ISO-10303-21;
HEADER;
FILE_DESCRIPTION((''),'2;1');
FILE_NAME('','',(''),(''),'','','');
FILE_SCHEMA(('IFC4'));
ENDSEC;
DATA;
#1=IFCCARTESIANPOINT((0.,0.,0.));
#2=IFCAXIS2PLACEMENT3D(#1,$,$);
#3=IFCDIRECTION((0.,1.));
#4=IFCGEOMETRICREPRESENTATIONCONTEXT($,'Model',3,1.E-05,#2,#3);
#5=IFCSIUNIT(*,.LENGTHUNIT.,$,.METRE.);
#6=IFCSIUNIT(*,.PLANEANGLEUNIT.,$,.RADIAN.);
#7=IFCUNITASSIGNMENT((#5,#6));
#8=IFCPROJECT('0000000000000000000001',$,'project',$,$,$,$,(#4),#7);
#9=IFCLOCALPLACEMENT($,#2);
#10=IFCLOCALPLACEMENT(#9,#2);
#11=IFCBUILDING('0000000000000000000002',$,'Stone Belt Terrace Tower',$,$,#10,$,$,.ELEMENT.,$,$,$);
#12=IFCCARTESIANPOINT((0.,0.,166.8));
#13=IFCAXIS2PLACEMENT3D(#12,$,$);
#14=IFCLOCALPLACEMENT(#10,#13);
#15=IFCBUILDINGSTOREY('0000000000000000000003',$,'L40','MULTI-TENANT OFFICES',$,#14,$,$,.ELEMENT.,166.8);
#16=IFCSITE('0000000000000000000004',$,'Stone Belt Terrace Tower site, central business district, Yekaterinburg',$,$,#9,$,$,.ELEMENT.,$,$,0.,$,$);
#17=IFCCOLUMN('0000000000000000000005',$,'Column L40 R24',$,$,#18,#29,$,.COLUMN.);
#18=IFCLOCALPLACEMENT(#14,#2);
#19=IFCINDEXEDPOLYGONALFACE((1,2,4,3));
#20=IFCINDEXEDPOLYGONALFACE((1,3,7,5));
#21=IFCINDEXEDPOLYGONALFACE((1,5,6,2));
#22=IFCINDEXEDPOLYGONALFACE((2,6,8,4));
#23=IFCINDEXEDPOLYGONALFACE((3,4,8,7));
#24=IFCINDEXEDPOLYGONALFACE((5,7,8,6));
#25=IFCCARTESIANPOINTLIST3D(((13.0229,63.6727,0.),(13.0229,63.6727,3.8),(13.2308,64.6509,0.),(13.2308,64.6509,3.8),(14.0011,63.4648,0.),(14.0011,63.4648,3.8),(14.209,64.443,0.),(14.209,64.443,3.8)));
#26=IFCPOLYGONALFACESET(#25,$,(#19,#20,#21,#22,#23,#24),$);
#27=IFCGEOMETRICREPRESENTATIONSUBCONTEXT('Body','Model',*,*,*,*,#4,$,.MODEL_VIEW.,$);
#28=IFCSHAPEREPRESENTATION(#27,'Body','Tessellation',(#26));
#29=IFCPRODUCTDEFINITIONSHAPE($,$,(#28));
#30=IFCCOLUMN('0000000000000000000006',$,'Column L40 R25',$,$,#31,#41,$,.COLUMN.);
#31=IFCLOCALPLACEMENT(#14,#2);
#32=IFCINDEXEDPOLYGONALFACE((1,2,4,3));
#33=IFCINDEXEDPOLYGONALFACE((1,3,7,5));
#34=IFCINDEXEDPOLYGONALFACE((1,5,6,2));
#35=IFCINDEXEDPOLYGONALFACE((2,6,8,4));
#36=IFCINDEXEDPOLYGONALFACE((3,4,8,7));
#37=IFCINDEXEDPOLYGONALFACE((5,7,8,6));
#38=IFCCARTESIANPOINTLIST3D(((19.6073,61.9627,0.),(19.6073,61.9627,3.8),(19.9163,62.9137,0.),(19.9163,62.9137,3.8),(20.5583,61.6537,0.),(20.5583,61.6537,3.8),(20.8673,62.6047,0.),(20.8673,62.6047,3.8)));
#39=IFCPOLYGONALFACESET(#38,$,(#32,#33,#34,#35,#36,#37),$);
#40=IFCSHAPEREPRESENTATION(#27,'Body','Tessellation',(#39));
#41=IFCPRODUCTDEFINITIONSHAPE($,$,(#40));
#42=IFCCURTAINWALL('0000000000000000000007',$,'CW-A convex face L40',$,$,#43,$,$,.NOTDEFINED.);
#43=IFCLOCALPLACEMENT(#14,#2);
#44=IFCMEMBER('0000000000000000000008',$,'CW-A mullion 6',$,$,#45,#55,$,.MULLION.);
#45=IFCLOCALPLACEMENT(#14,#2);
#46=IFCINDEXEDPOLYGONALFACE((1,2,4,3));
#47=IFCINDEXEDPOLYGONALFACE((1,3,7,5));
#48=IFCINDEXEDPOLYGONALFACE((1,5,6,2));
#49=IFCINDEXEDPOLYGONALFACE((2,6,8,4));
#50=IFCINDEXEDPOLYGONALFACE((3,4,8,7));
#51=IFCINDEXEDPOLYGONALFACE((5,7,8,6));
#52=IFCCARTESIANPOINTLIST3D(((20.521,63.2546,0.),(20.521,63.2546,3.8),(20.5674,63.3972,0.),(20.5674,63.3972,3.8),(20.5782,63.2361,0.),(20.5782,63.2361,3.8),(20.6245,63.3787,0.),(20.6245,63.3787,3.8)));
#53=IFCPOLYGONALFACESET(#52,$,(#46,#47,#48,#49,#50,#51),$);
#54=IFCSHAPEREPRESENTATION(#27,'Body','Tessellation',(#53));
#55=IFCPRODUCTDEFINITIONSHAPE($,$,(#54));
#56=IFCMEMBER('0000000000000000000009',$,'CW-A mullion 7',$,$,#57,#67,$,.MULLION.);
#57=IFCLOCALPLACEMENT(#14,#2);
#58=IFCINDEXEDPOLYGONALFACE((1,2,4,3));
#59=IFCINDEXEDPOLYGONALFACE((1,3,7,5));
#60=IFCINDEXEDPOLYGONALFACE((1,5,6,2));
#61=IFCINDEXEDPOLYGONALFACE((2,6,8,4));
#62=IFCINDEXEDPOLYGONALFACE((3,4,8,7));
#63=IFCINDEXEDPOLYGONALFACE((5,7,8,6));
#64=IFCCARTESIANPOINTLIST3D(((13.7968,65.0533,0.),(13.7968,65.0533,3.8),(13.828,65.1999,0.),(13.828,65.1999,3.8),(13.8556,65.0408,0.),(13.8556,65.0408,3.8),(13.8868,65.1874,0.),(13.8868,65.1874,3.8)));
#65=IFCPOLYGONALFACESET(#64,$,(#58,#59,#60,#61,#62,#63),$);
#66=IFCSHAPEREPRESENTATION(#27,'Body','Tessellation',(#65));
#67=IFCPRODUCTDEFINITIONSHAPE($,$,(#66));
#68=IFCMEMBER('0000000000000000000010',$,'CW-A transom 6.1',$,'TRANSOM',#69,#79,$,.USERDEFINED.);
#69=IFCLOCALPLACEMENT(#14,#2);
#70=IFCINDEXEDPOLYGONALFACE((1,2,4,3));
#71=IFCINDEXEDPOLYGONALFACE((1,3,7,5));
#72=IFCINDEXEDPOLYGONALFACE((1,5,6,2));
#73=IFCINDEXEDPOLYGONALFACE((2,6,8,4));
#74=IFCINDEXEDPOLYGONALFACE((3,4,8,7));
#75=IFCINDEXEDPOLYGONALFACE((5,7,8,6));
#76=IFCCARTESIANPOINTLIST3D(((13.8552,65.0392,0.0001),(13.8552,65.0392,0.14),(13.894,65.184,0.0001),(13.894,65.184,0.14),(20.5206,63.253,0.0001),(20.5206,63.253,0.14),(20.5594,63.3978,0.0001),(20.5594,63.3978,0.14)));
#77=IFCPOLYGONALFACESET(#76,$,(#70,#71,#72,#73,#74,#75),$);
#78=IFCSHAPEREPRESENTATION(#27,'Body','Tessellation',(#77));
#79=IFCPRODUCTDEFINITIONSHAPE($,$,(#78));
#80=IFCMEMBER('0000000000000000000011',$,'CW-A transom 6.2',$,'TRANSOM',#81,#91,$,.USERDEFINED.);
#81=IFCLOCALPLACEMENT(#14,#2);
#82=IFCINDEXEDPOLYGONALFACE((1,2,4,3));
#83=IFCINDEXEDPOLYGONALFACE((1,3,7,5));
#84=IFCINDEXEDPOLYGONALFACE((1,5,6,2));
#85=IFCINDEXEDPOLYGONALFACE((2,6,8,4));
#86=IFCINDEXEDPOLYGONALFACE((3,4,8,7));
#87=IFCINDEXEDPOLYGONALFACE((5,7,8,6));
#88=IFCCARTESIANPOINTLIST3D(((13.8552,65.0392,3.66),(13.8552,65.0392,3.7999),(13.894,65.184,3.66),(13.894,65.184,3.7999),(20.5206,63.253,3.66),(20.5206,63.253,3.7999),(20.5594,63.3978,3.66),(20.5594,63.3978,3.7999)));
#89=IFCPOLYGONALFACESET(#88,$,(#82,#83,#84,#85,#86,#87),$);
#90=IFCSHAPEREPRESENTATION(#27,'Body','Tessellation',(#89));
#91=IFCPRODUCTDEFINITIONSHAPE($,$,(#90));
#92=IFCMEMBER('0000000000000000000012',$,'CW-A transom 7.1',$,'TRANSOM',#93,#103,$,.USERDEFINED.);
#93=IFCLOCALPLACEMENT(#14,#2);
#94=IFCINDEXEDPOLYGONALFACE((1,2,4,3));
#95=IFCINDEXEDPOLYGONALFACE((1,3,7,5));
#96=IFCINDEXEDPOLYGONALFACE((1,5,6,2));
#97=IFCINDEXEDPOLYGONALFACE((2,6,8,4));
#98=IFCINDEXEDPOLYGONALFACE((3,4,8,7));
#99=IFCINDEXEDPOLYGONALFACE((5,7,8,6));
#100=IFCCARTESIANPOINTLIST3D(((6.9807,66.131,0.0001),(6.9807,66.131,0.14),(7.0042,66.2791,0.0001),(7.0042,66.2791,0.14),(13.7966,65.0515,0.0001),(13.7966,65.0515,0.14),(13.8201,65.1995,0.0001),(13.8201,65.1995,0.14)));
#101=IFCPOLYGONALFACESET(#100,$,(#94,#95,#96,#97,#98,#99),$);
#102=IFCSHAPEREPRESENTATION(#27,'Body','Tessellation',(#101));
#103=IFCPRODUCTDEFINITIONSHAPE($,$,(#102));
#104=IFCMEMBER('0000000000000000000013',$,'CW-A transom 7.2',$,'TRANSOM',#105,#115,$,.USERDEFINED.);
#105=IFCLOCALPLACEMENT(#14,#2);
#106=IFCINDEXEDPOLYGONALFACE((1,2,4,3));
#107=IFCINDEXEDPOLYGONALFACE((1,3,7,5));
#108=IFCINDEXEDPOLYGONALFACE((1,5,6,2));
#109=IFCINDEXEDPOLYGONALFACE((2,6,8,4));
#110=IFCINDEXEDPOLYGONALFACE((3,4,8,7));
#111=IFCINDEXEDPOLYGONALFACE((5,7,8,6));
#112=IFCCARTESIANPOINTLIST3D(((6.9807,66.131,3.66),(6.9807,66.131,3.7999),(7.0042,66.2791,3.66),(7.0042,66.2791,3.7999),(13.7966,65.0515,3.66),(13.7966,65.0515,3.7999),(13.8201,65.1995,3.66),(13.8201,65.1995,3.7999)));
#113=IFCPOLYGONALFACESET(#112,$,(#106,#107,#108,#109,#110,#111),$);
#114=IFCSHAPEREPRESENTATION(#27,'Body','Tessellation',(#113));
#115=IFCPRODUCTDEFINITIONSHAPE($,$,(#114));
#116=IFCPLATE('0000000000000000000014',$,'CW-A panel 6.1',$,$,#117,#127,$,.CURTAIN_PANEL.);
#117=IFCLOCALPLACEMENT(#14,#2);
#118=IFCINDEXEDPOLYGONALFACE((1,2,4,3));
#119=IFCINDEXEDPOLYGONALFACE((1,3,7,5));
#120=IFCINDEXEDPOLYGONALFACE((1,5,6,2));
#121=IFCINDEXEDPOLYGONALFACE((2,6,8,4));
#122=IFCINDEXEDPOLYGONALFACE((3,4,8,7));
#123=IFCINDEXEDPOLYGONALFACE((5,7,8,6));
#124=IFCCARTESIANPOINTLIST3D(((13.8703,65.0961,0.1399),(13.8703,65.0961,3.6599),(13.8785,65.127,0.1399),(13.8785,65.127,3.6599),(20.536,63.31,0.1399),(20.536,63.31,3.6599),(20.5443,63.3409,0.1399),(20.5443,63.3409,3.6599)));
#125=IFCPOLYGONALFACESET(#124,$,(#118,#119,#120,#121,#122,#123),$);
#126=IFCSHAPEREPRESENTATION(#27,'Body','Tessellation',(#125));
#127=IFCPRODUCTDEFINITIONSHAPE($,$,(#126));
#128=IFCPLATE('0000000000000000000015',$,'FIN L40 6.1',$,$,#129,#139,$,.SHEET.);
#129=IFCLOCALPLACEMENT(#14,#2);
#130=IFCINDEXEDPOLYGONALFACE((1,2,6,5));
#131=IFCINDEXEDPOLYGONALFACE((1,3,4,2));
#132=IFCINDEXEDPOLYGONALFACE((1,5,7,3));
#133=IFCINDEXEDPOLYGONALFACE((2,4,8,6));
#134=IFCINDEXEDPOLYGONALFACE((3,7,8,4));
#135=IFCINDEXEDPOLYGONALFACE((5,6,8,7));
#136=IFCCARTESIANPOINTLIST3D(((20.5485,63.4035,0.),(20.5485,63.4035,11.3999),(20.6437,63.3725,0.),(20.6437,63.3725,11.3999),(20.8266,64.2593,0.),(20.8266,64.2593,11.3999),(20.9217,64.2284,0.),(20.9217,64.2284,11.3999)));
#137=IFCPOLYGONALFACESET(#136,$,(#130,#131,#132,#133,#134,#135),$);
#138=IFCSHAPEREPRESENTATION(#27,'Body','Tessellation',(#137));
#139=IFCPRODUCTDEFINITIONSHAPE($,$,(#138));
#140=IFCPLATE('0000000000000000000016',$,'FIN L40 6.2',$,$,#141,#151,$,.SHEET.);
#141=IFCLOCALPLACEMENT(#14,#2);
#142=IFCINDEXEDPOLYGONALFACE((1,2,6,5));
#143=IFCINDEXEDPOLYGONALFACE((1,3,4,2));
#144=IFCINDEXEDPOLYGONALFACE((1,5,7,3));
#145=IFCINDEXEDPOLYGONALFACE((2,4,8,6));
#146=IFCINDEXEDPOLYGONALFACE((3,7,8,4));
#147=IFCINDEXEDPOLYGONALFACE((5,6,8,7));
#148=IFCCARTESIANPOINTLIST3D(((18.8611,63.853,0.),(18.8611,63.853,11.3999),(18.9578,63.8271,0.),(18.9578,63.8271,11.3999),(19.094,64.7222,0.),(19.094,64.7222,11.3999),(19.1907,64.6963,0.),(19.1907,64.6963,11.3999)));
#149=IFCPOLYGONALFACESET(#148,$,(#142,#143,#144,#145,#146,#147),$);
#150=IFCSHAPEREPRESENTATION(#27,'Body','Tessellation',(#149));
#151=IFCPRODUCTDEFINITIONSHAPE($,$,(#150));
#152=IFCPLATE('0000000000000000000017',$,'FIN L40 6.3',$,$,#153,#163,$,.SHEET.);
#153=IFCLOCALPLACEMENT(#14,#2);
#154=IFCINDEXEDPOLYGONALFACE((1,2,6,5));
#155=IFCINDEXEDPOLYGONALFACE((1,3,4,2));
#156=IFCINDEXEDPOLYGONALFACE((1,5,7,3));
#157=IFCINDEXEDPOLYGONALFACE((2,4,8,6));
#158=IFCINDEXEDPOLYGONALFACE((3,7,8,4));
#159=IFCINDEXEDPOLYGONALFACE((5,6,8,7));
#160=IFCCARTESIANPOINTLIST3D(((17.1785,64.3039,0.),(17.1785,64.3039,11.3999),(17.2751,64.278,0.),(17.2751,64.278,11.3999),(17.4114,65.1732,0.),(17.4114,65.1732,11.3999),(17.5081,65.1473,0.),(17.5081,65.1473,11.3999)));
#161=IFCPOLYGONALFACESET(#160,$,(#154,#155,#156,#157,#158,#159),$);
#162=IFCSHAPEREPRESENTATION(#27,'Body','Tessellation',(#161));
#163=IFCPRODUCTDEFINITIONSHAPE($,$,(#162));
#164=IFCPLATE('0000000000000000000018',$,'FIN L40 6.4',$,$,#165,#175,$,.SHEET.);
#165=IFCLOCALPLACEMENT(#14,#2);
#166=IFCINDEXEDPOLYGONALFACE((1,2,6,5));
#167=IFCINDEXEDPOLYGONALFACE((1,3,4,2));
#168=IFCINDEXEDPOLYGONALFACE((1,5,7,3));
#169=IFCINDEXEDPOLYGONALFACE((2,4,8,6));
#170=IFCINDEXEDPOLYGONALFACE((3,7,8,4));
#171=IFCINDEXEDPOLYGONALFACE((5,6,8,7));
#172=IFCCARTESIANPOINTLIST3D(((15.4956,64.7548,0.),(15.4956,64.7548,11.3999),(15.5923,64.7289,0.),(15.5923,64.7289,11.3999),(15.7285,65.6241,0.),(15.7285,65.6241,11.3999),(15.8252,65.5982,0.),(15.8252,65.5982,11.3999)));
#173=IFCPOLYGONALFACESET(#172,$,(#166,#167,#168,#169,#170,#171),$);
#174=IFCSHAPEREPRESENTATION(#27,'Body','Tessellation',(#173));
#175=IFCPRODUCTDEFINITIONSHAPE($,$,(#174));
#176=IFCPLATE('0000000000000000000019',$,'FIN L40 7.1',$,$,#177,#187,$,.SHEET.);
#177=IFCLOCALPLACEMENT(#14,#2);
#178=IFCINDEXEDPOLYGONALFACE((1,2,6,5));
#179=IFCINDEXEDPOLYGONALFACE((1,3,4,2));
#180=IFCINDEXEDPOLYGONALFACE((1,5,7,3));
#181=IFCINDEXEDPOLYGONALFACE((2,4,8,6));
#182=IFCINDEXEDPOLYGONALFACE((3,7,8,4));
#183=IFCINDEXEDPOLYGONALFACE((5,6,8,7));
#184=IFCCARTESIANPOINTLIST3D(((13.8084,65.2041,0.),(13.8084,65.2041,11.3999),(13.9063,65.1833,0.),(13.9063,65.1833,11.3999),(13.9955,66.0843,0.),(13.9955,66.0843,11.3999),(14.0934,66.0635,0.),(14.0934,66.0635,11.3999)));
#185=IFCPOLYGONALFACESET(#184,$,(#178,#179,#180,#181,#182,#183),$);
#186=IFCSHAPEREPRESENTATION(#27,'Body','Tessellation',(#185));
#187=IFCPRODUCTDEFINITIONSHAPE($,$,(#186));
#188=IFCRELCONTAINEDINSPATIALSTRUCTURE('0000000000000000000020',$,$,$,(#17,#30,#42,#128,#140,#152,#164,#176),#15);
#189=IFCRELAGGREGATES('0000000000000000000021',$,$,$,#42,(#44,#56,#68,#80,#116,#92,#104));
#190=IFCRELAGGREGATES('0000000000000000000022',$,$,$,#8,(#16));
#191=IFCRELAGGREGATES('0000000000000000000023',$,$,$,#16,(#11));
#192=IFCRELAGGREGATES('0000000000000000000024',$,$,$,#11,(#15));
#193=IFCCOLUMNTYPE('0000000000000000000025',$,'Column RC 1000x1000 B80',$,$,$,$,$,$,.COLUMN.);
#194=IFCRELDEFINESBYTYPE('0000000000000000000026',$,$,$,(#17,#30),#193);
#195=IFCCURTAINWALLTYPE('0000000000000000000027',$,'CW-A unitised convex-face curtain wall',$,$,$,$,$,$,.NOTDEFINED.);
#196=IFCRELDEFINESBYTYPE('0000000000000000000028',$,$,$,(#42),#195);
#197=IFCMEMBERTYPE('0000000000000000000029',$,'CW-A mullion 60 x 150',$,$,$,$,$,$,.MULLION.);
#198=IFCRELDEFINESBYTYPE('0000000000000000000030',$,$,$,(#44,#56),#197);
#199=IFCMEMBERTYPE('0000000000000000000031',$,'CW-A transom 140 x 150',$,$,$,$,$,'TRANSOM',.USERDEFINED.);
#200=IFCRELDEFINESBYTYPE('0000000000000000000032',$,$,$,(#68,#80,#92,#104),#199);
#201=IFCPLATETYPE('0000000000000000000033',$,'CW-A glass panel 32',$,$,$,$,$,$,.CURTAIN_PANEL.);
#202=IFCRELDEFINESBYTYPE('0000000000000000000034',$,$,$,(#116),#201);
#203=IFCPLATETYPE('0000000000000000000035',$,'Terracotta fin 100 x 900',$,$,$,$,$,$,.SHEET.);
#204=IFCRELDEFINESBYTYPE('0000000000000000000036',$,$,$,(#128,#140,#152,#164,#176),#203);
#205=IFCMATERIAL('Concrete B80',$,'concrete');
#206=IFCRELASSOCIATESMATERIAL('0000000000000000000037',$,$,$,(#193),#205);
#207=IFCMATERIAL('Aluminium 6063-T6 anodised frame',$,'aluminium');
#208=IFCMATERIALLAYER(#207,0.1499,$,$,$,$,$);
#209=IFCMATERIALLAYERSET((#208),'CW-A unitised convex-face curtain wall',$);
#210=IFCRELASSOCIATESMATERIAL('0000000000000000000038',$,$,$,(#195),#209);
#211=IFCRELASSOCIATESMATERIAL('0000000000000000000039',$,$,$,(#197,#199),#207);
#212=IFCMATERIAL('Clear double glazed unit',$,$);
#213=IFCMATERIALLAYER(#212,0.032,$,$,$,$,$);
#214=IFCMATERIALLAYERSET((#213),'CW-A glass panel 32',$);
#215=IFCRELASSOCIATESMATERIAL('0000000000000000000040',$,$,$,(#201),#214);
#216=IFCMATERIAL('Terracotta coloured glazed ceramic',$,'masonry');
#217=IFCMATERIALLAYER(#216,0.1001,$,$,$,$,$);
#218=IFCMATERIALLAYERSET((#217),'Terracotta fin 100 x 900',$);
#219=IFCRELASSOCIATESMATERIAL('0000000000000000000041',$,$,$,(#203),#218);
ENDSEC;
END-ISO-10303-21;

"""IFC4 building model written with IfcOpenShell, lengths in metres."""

from ifc_helpers import new_model, si_unit, direction, frame, origin, origin_2d, place, context, subcontext, project, spatial, rectangle, extrude, material, layer, layer_set, material_profile, profile_set, type_object, element, aggregate, save


model = new_model("IFC4")

# Units and contexts
model_context = context("Model", 3, precision=1e-05, world=origin(), true_north=direction((0.0, 1.0)))
body_context = subcontext(model_context, "Body", "Model", "MODEL_VIEW")
ifc_project = project(units=[si_unit("LENGTHUNIT", "METRE"), si_unit("PLANEANGLEUNIT", "RADIAN")], contexts=[model_context])

# Site, building, storey
site_placement = place(None, origin())
site = spatial("IfcSite", under=ifc_project, at=site_placement, Name="Stone Belt Terrace Tower site, central business district, Yekaterinburg", CompositionType="ELEMENT", RefElevation=0.0)
building_placement = place(site_placement, origin())
building = spatial("IfcBuilding", under=site, at=building_placement, Name="Stone Belt Terrace Tower", CompositionType="ELEMENT")
storey_placement = place(building_placement, frame((0.0, 0.0, 166.8)))
storey = spatial("IfcBuildingStorey", under=building, at=storey_placement, Name="L40", Description="MULTI-TENANT OFFICES", CompositionType="ELEMENT", Elevation=166.8)

# Columns
ifc_material_1 = material(Name="Concrete B80", Category="concrete")
ifc_material_profile_1 = material_profile(ifc_material_1, rectangle(XDim=1.0, YDim=1.0, at=origin_2d()), Name="RC 1000x1000")
ifc_profile_set_1 = profile_set([ifc_material_profile_1], Name="Concrete B80")
column_type = type_object("IfcColumnType", Name="Column RC 1000x1000 B80", PredefinedType="COLUMN", material=ifc_profile_set_1)
for number, where, z_axis, x_axis, name in (
    (1, (13.616, 64.0579, 0.0), (0.0, 0.0, 1.0), (0.978148, -0.207912, 0.0), "Column L40 R24"),
    (2, (20.2373, 62.2837, 0.0), (0.0, 0.0, 1.0), (0.951057, -0.309017, 0.0), "Column L40 R25"),
):
    element("IfcColumn", number, at=place(storey_placement, frame(where, z_axis=z_axis, x_axis=x_axis)), inside=storey, type_object=column_type, Name=name, PredefinedType="COLUMN", context=body_context, shape_type="SweptSolid", body=[
        extrude(rectangle(XDim=1.0, YDim=1.0, at=origin_2d()), origin(), (0.0, 0.0, 1.0), 3.8),
    ])

# Curtain wall, members, plate
ifc_material_2 = material(Name="Aluminium 6063-T6 anodised frame", Category="aluminium")
ifc_layer_1 = layer(ifc_material_2, 0.1499)
ifc_layer_set_1 = layer_set([ifc_layer_1], Name="CW-A unitised convex-face curtain wall")
curtain_wall_type = type_object("IfcCurtainWallType", Name="CW-A unitised convex-face curtain wall", PredefinedType="NOTDEFINED", material=ifc_layer_set_1)
curtain_wall_placement = place(storey_placement, origin())
curtain_wall = element("IfcCurtainWall", 3, at=curtain_wall_placement, inside=storey, type_object=curtain_wall_type, Name="CW-A convex face L40", PredefinedType="NOTDEFINED")
ifc_material_profile_2 = material_profile(ifc_material_2, rectangle(XDim=0.1499, YDim=0.0601, at=origin_2d()), Name="Aluminium 6063-T6 60x150")
ifc_profile_set_2 = profile_set([ifc_material_profile_2], Name="Aluminium 6063-T6 anodised frame")
member_type_1 = type_object("IfcMemberType", Name="CW-A mullion 60 x 150", PredefinedType="MULLION", material=ifc_profile_set_2)
member_1_placement = place(storey_placement, frame((20.5728, 63.3167, 0.0), z_axis=(0.0, 0.0, 1.0), x_axis=(-0.309017, -0.951057, 0.0)))
member_1 = element("IfcMember", 4, at=member_1_placement, type_object=member_type_1, Name="CW-A mullion 6", PredefinedType="MULLION", context=body_context, shape_type="SweptSolid", body=[
    extrude(rectangle(XDim=0.1499, YDim=0.0601, at=origin_2d()), origin(), (0.0, 0.0, 1.0), 3.8),
])
member_2_placement = place(storey_placement, frame((13.8418, 65.1204, 0.0), z_axis=(0.0, 0.0, 1.0), x_axis=(-0.207912, -0.978148, 0.0)))
member_2 = element("IfcMember", 5, at=member_2_placement, type_object=member_type_1, Name="CW-A mullion 7", PredefinedType="MULLION", context=body_context, shape_type="SweptSolid", body=[
    extrude(rectangle(XDim=0.1499, YDim=0.0601, at=origin_2d()), origin(), (0.0, 0.0, 1.0), 3.8),
])
ifc_material_profile_3 = material_profile(ifc_material_2, rectangle(XDim=0.1499, YDim=0.1399, at=origin_2d()), Name="Aluminium 6063-T6 150x140")
ifc_profile_set_3 = profile_set([ifc_material_profile_3], Name="Aluminium 6063-T6 anodised frame")
member_type_2 = type_object("IfcMemberType", Name="CW-A transom 140 x 150", ElementType="TRANSOM", PredefinedType="USERDEFINED", material=ifc_profile_set_3)
member_3_placement = place(storey_placement, frame((20.54, 63.3254, 0.0701), z_axis=(-0.965922, 0.258834, 0.0), x_axis=(-0.258834, -0.965922, 0.0)))
member_3 = element("IfcMember", 6, at=member_3_placement, type_object=member_type_2, Name="CW-A transom 6.1", ObjectType="TRANSOM", PredefinedType="USERDEFINED", context=body_context, shape_type="SweptSolid", body=[
    extrude(rectangle(XDim=0.1499, YDim=0.1399, at=origin_2d()), origin(), (0.0, 0.0, 1.0), 6.9006),
])
member_4_placement = place(storey_placement, frame((20.54, 63.3254, 3.73), z_axis=(-0.965922, 0.258834, 0.0), x_axis=(-0.258834, -0.965922, 0.0)))
member_4 = element("IfcMember", 7, at=member_4_placement, type_object=member_type_2, Name="CW-A transom 6.2", ObjectType="TRANSOM", PredefinedType="USERDEFINED", context=body_context, shape_type="SweptSolid", body=[
    extrude(rectangle(XDim=0.1499, YDim=0.1399, at=origin_2d()), origin(), (0.0, 0.0, 1.0), 6.9006),
])
member_5_placement = place(storey_placement, frame((13.8083, 65.1255, 0.0701), z_axis=(-0.987687, 0.156442, 0.0), x_axis=(-0.156442, -0.987687, 0.0)))
member_5 = element("IfcMember", 8, at=member_5_placement, type_object=member_type_2, Name="CW-A transom 7.1", ObjectType="TRANSOM", PredefinedType="USERDEFINED", context=body_context, shape_type="SweptSolid", body=[
    extrude(rectangle(XDim=0.1499, YDim=0.1399, at=origin_2d()), origin(), (0.0, 0.0, 1.0), 6.9009),
])
member_6_placement = place(storey_placement, frame((13.8083, 65.1255, 3.73), z_axis=(-0.987687, 0.156442, 0.0), x_axis=(-0.156442, -0.987687, 0.0)))
member_6 = element("IfcMember", 9, at=member_6_placement, type_object=member_type_2, Name="CW-A transom 7.2", ObjectType="TRANSOM", PredefinedType="USERDEFINED", context=body_context, shape_type="SweptSolid", body=[
    extrude(rectangle(XDim=0.1499, YDim=0.1399, at=origin_2d()), origin(), (0.0, 0.0, 1.0), 6.9009),
])
ifc_material_3 = material(Name="Clear double glazed unit")
ifc_layer_2 = layer(ifc_material_3, 0.032)
ifc_layer_set_2 = layer_set([ifc_layer_2], Name="CW-A glass panel 32")
plate_type_1 = type_object("IfcPlateType", Name="CW-A glass panel 32", PredefinedType="CURTAIN_PANEL", material=ifc_layer_set_2)
plate_placement = place(storey_placement, frame((17.2073, 64.2185, 0.1399), z_axis=(0.0, 0.0, 1.0), x_axis=(-0.965926, 0.258819, 0.0)))
plate = element("IfcPlate", 10, at=plate_placement, type_object=plate_type_1, Name="CW-A panel 6.1", PredefinedType="CURTAIN_PANEL", context=body_context, shape_type="SweptSolid", body=[
    extrude(rectangle(XDim=6.9009, YDim=0.032, at=origin_2d()), origin(), (0.0, 0.0, 1.0), 3.52),
])
aggregate(curtain_wall, [member_1, member_2, member_3, member_4, plate, member_5, member_6])

# Plates
ifc_material_4 = material(Name="Terracotta coloured glazed ceramic", Category="masonry")
ifc_layer_3 = layer(ifc_material_4, 0.1001)
ifc_layer_set_3 = layer_set([ifc_layer_3], Name="Terracotta fin 100 x 900")
plate_type_2 = type_object("IfcPlateType", Name="Terracotta fin 100 x 900", PredefinedType="SHEET", material=ifc_layer_set_3)
for number, where, z_axis, x_axis, name in (
    (11, (20.7351, 63.8159, 0.0), (0.0, 0.0, 1.0), (0.309017, 0.951057, 0.0), "FIN L40 6.1"),
    (12, (19.0259, 64.2747, 0.0), (0.0, 0.0, 1.0), (0.258819, 0.965926, 0.0), "FIN L40 6.2"),
    (13, (17.3433, 64.7256, 0.0), (0.0, 0.0, 1.0), (0.258819, 0.965926, 0.0), "FIN L40 6.3"),
    (14, (15.6604, 65.1765, 0.0), (0.0, 0.0, 1.0), (0.258819, 0.965926, 0.0), "FIN L40 6.4"),
    (15, (13.9509, 65.6338, 0.0), (0.0, 0.0, 1.0), (0.207912, 0.978148, 0.0), "FIN L40 7.1"),
):
    element("IfcPlate", number, at=place(storey_placement, frame(where, z_axis=z_axis, x_axis=x_axis)), inside=storey, type_object=plate_type_2, Name=name, PredefinedType="SHEET", context=body_context, shape_type="SweptSolid", body=[
        extrude(rectangle(XDim=0.8999, YDim=0.1001, at=origin_2d()), origin(), (0.0, 0.0, 1.0), 11.3999),
    ])

save(model, "model.ifc")
